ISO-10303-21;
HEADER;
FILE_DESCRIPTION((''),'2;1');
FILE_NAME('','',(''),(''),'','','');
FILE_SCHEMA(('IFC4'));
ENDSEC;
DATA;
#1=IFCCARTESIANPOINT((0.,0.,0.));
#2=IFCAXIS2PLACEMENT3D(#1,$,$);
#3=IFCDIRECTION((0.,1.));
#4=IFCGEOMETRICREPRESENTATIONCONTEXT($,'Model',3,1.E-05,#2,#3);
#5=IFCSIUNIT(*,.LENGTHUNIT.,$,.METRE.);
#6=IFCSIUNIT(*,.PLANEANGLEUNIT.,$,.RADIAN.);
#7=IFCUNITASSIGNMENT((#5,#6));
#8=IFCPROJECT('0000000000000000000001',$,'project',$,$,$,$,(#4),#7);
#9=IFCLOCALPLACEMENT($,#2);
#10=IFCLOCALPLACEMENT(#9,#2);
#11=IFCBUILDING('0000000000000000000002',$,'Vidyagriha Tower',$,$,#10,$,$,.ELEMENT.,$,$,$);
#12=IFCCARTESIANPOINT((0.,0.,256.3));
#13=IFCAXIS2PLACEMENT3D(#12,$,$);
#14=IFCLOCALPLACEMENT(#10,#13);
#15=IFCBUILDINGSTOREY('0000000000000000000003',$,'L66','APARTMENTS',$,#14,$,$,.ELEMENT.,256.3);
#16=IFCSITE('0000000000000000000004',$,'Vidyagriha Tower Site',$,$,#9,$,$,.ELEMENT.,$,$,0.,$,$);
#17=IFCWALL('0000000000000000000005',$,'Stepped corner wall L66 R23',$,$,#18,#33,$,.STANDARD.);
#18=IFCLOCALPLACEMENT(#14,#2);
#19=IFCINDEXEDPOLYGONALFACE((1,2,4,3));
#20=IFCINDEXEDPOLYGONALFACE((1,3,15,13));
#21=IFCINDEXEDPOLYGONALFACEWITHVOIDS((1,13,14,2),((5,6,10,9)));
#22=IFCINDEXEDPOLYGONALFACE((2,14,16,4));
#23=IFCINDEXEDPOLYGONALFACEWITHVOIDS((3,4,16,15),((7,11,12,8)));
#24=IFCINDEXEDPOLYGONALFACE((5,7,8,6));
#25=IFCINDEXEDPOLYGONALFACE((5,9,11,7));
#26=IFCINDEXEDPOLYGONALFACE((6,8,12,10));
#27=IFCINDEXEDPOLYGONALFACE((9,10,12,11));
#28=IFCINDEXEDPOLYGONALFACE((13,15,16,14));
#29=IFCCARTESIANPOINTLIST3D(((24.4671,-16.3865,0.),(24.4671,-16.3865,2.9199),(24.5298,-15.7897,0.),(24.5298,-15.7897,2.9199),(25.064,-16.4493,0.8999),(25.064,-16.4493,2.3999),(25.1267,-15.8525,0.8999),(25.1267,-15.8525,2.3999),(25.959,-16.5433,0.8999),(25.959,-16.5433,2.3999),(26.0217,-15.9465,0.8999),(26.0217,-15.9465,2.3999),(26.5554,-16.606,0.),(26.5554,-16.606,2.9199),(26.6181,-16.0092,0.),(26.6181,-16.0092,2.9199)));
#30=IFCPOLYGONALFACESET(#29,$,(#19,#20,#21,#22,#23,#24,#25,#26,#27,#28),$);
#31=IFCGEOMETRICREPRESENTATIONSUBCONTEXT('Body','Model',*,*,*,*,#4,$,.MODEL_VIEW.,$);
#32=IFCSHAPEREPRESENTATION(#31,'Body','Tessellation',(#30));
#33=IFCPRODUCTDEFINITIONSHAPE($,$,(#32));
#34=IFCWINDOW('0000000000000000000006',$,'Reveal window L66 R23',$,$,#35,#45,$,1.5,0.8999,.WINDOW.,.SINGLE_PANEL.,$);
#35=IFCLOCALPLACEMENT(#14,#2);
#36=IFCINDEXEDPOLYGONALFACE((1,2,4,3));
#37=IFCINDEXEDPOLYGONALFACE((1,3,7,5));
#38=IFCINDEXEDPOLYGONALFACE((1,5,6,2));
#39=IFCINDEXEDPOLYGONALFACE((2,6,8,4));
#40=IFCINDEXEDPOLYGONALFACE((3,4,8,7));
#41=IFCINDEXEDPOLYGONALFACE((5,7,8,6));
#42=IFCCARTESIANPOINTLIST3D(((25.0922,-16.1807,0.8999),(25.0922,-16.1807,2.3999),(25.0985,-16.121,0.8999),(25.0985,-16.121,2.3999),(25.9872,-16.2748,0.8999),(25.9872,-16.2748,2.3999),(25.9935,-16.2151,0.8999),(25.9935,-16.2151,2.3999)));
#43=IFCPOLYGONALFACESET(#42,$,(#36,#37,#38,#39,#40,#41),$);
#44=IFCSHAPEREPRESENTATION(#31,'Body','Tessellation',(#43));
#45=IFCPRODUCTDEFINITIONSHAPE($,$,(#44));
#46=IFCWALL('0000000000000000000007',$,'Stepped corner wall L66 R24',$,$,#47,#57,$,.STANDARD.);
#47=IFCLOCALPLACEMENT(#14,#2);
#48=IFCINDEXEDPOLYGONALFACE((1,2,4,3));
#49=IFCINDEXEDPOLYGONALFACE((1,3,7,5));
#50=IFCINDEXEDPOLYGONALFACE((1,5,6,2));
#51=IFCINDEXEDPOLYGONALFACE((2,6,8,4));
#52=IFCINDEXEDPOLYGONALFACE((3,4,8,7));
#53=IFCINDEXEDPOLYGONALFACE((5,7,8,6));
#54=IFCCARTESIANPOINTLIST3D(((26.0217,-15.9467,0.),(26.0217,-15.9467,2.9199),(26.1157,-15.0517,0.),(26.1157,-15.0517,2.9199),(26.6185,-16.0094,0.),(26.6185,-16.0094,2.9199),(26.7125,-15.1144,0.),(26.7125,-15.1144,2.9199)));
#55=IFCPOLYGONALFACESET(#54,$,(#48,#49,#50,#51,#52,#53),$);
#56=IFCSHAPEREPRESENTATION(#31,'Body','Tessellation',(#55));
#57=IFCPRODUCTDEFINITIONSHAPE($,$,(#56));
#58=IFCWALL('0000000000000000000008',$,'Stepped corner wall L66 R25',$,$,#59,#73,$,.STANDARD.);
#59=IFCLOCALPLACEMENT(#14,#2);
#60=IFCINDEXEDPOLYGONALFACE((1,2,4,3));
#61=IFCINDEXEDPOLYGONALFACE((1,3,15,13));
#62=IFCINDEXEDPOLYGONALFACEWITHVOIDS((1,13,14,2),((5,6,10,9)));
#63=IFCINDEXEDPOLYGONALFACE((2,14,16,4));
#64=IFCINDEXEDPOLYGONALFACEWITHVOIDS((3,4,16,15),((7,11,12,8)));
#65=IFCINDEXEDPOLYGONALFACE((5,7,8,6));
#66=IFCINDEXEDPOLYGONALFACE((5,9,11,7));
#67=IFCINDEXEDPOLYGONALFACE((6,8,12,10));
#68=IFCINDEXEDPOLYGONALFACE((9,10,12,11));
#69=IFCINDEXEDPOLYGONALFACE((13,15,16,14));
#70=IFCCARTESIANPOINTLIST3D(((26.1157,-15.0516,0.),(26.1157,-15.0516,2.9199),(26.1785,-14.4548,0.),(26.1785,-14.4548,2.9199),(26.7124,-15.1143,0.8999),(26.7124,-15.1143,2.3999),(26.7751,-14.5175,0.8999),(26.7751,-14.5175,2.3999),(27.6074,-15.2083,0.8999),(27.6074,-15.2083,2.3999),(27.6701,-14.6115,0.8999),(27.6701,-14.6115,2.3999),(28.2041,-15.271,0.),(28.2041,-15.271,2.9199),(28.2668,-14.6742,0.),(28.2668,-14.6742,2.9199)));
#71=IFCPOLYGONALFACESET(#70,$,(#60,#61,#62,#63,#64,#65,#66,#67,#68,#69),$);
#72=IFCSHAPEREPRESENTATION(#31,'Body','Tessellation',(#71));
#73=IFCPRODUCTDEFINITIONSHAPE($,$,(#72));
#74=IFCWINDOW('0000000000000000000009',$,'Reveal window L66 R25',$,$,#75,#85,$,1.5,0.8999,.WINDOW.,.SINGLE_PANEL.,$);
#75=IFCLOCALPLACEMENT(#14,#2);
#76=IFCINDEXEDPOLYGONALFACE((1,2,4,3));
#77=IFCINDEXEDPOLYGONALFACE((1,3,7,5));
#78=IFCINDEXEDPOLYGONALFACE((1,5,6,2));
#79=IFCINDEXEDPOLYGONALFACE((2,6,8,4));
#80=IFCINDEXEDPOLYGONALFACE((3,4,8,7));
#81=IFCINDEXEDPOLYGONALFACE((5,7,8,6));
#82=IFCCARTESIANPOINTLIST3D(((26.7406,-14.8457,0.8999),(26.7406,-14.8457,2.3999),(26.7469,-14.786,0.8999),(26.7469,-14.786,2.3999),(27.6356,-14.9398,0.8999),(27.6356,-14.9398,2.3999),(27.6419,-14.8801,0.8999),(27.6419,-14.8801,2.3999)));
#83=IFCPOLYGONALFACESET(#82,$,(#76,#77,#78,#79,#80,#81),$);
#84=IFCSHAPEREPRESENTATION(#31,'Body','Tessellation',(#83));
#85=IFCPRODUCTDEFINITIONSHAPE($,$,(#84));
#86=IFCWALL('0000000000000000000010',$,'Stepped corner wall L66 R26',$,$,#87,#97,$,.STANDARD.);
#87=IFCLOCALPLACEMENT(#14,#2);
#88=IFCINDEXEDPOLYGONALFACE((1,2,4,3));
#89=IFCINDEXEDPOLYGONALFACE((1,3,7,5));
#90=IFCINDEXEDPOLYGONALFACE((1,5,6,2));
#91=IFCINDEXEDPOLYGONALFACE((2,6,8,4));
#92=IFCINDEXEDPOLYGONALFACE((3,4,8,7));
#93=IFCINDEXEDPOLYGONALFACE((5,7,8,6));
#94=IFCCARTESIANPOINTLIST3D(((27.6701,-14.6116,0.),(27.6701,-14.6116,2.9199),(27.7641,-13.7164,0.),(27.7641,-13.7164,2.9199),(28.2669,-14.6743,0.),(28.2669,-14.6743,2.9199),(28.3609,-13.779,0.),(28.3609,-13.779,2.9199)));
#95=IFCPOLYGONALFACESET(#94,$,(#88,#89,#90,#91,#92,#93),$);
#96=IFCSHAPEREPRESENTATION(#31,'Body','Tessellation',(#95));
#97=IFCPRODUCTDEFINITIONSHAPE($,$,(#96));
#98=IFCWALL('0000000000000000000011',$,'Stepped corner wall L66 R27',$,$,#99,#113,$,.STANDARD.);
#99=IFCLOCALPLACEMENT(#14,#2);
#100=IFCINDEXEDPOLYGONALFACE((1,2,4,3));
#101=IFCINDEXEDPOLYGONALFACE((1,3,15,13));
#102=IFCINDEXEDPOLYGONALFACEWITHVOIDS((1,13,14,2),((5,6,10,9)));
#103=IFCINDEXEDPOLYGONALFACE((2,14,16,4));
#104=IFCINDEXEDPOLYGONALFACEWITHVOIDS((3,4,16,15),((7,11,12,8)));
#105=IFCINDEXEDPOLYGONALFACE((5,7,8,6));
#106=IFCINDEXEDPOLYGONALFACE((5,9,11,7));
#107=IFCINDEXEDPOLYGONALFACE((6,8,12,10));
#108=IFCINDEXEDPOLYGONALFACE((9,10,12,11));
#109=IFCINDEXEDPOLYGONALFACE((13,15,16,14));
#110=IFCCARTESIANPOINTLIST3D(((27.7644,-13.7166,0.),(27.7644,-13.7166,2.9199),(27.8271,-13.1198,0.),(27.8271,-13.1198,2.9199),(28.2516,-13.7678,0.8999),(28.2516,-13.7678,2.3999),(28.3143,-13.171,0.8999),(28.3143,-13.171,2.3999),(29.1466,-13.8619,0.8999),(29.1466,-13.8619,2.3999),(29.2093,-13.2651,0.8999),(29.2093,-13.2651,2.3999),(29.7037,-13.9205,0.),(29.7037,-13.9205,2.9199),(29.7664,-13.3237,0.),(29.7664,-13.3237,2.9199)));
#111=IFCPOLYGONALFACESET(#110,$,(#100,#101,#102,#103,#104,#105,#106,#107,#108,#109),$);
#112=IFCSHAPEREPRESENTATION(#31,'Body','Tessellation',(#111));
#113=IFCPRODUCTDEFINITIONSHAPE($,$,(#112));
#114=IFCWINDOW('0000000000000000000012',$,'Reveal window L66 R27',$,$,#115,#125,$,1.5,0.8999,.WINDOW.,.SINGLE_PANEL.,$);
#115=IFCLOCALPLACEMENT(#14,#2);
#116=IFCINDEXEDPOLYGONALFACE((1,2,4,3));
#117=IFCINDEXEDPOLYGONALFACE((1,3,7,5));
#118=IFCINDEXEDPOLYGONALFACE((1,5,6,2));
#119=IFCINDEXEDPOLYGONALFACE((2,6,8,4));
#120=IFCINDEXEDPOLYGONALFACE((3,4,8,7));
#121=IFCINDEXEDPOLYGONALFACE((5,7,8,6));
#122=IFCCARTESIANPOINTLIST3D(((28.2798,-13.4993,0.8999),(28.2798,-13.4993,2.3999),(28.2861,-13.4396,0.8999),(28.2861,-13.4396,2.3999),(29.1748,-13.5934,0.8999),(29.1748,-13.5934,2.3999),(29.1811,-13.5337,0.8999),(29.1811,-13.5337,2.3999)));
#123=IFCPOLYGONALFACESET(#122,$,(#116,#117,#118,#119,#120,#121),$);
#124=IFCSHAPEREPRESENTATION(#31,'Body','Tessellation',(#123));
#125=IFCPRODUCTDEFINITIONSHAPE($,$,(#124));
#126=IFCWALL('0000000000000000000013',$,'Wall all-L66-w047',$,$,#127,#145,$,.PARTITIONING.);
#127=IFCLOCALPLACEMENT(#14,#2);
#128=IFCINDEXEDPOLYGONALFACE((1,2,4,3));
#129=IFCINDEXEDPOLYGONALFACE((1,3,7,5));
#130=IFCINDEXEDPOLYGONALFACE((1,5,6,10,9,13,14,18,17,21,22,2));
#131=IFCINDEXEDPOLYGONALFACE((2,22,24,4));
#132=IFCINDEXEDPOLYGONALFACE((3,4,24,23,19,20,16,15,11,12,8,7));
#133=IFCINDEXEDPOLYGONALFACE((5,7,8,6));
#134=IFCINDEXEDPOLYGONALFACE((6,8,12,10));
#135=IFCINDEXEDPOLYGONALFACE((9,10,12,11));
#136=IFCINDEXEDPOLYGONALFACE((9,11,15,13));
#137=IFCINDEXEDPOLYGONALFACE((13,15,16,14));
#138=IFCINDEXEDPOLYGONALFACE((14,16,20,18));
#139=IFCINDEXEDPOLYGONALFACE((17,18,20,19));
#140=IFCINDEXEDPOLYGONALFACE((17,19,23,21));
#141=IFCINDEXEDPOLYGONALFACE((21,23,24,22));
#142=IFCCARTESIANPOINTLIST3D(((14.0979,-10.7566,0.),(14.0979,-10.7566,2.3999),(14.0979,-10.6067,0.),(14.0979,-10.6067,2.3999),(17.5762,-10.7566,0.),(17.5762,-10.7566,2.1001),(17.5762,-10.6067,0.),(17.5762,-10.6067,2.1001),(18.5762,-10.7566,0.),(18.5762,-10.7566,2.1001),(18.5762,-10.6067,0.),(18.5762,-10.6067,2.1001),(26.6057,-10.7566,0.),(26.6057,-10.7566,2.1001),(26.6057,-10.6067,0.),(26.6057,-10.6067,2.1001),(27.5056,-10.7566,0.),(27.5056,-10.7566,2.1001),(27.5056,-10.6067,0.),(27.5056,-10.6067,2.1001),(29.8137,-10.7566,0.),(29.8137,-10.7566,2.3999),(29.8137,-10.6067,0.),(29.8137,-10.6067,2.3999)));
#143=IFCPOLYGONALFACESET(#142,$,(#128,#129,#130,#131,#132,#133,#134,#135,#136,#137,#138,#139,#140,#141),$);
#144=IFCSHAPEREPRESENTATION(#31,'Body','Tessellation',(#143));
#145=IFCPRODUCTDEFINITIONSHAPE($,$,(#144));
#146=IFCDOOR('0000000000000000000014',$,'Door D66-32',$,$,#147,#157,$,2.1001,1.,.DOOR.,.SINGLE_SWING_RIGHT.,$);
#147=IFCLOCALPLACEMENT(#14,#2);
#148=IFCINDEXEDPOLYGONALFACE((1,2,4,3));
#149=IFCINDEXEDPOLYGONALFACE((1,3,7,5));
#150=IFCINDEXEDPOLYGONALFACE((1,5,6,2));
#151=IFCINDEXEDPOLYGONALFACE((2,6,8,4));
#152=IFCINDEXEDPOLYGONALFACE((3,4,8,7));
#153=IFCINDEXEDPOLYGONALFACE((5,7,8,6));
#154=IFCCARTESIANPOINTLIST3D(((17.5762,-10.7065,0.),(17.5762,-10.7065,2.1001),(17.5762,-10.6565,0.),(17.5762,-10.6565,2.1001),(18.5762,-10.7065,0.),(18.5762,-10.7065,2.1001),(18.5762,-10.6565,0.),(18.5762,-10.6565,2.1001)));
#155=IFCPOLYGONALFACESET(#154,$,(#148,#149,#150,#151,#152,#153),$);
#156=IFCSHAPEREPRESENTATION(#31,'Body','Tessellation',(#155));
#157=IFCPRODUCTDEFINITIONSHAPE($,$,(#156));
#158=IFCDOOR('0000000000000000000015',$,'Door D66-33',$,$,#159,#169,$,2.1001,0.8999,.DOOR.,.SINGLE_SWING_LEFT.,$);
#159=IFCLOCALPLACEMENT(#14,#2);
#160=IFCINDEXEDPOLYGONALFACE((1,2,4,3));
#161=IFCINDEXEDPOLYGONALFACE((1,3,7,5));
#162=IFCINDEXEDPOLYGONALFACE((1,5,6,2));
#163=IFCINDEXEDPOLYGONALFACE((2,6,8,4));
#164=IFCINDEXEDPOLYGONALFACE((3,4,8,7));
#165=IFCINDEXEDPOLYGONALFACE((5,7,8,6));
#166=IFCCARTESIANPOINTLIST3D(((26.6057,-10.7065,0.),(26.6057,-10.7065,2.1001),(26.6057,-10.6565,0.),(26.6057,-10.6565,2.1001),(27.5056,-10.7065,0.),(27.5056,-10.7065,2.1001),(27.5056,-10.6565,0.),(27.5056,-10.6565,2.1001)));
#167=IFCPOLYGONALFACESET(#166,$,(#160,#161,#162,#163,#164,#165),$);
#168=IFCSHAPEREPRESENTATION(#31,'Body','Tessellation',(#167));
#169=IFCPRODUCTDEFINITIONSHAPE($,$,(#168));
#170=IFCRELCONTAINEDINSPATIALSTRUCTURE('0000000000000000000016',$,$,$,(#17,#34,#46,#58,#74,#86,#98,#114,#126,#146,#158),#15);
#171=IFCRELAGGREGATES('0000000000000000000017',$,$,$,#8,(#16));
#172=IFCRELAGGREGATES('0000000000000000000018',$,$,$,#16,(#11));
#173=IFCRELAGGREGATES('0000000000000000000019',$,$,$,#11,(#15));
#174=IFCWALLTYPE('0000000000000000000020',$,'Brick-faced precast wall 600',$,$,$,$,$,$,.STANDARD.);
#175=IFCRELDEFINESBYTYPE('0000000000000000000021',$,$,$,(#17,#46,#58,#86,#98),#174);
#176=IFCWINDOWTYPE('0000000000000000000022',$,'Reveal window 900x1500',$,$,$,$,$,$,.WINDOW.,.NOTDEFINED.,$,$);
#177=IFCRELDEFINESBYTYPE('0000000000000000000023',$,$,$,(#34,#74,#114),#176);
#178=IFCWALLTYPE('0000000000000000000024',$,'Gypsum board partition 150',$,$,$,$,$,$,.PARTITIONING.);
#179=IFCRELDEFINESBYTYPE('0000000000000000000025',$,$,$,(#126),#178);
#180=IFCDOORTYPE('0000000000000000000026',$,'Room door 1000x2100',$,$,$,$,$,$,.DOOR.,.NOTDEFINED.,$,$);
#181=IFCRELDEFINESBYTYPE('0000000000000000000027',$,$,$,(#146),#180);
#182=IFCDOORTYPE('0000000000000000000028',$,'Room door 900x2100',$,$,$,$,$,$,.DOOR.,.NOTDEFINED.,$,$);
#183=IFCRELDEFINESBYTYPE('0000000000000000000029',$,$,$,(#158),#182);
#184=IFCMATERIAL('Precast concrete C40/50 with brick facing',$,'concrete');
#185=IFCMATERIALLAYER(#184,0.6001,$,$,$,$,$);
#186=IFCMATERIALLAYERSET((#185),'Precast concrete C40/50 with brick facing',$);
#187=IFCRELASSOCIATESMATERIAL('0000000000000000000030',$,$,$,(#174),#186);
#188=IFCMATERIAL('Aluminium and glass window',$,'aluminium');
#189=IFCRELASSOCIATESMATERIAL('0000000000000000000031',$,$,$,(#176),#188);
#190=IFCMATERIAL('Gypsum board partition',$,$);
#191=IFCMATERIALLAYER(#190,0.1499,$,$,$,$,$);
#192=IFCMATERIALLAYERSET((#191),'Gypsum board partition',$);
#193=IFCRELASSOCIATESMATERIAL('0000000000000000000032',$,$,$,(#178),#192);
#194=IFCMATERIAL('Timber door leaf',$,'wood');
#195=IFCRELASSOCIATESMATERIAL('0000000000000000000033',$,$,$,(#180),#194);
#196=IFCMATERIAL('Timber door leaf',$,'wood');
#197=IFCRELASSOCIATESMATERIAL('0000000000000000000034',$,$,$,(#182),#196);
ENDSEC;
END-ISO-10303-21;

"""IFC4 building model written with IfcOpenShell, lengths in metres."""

from ifc_helpers import new_model, si_unit, direction, frame, frame_2d, origin, place, context, subcontext, project, spatial, rectangle, extrude, material, layer, layer_set, type_object, element, fill, save


model = new_model("IFC4")

# Units and contexts
model_context = context("Model", 3, precision=1e-05, world=origin(), true_north=direction((0.0, 1.0)))
body_context = subcontext(model_context, "Body", "Model", "MODEL_VIEW")
ifc_project = project(units=[si_unit("LENGTHUNIT", "METRE"), si_unit("PLANEANGLEUNIT", "RADIAN")], contexts=[model_context])

# Site, building, storey
site_placement = place(None, origin())
site = spatial("IfcSite", under=ifc_project, at=site_placement, Name="Vidyagriha Tower Site", CompositionType="ELEMENT", RefElevation=0.0)
building_placement = place(site_placement, origin())
building = spatial("IfcBuilding", under=site, at=building_placement, Name="Vidyagriha Tower", CompositionType="ELEMENT")
storey_placement = place(building_placement, frame((0.0, 0.0, 256.3)))
storey = spatial("IfcBuildingStorey", under=building, at=storey_placement, Name="L66", Description="APARTMENTS", CompositionType="ELEMENT", Elevation=256.3)

# Shared definitions
ifc_material_1 = material(Name="Precast concrete C40/50 with brick facing", Category="concrete")
ifc_layer_1 = layer(ifc_material_1, 0.6001)
ifc_layer_set_1 = layer_set([ifc_layer_1], Name="Precast concrete C40/50 with brick facing")
wall_type_1 = type_object("IfcWallType", Name="Brick-faced precast wall 600", PredefinedType="STANDARD", material=ifc_layer_set_1)

# Wall, opening, window
wall_1_placement = place(storey_placement, frame((24.4985, -16.0881, 0.0), z_axis=(0.0, 0.0, 1.0), x_axis=(0.994523, -0.104521, 0.0)))
wall_1 = element("IfcWall", 1, at=wall_1_placement, inside=storey, type_object=wall_type_1, Name="Stepped corner wall L66 R23", PredefinedType="STANDARD", context=body_context, shape_type="SweptSolid", body=[
    extrude(rectangle(XDim=2.0999, YDim=0.6001, at=frame_2d((1.0498, 0.0))), origin(), (0.0, 0.0, 1.0), 2.9199),
])
opening_1_placement = place(wall_1_placement, frame((0.6001, 0.0, 0.8999)))
opening_1 = element("IfcOpeningElement", 2, at=opening_1_placement, cuts=wall_1, PredefinedType="OPENING", context=body_context, shape_type="SweptSolid", body=[
    extrude(rectangle(XDim=0.8999, YDim=1.5, at=frame_2d((0.45, 0.75))), frame((0.0, 0.3101, 0.0), z_axis=(0.0, -1.0, 0.0), x_axis=(1.0, 0.0, 0.0)), (0.0, 0.0, 1.0), 0.6201),
])
ifc_material_2 = material(Name="Aluminium and glass window", Category="aluminium")
window_type = type_object("IfcWindowType", Name="Reveal window 900x1500", PartitioningType="NOTDEFINED", PredefinedType="WINDOW", material=ifc_material_2)
window_1_placement = place(opening_1_placement, origin())
window_1 = element("IfcWindow", 3, at=window_1_placement, inside=storey, type_object=window_type, Name="Reveal window L66 R23", OverallHeight=1.5, OverallWidth=0.8999, PartitioningType="SINGLE_PANEL", PredefinedType="WINDOW", context=body_context, shape_type="SweptSolid", body=[
    extrude(rectangle(XDim=0.8999, YDim=1.5, at=frame_2d((0.45, 0.75))), frame((0.0, 0.03, 0.0), z_axis=(0.0, -1.0, 0.0), x_axis=(1.0, 0.0, 0.0)), (0.0, 0.0, 1.0), 0.0601),
])
fill(opening_1, window_1)

# Wall
wall_2_placement = place(storey_placement, frame((26.3201, -15.978, 0.0), z_axis=(0.0, 0.0, 1.0), x_axis=(0.104445, 0.994531, 0.0)))
element("IfcWall", 4, at=wall_2_placement, inside=storey, type_object=wall_type_1, Name="Stepped corner wall L66 R24", PredefinedType="STANDARD", context=body_context, shape_type="SweptSolid", body=[
    extrude(rectangle(XDim=0.8999, YDim=0.6001, at=frame_2d((0.45, 0.0))), origin(), (0.0, 0.0, 1.0), 2.9199),
])

# Wall, opening, window
wall_3_placement = place(storey_placement, frame((26.1472, -14.7532, 0.0), z_axis=(0.0, 0.0, 1.0), x_axis=(0.994523, -0.104521, 0.0)))
wall_3 = element("IfcWall", 5, at=wall_3_placement, inside=storey, type_object=wall_type_1, Name="Stepped corner wall L66 R25", PredefinedType="STANDARD", context=body_context, shape_type="SweptSolid", body=[
    extrude(rectangle(XDim=2.0999, YDim=0.6001, at=frame_2d((1.0498, 0.0))), origin(), (0.0, 0.0, 1.0), 2.9199),
])
opening_2_placement = place(wall_3_placement, frame((0.5999, 0.0, 0.8999)))
opening_2 = element("IfcOpeningElement", 6, at=opening_2_placement, cuts=wall_3, PredefinedType="OPENING", context=body_context, shape_type="SweptSolid", body=[
    extrude(rectangle(XDim=0.8999, YDim=1.5, at=frame_2d((0.45, 0.75))), frame((0.0, 0.3101, 0.0), z_axis=(0.0, -1.0, 0.0), x_axis=(1.0, 0.0, 0.0)), (0.0, 0.0, 1.0), 0.6201),
])
window_2_placement = place(opening_2_placement, origin())
window_2 = element("IfcWindow", 7, at=window_2_placement, inside=storey, type_object=window_type, Name="Reveal window L66 R25", OverallHeight=1.5, OverallWidth=0.8999, PartitioningType="SINGLE_PANEL", PredefinedType="WINDOW", context=body_context, shape_type="SweptSolid", body=[
    extrude(rectangle(XDim=0.8999, YDim=1.5, at=frame_2d((0.45, 0.75))), frame((0.0, 0.03, 0.0), z_axis=(0.0, -1.0, 0.0), x_axis=(1.0, 0.0, 0.0)), (0.0, 0.0, 1.0), 0.0601),
])
fill(opening_2, window_2)

# Wall
wall_4_placement = place(storey_placement, frame((27.9685, -14.6431, 0.0), z_axis=(0.0, 0.0, 1.0), x_axis=(0.104417, 0.994534, 0.0)))
element("IfcWall", 8, at=wall_4_placement, inside=storey, type_object=wall_type_1, Name="Stepped corner wall L66 R26", PredefinedType="STANDARD", context=body_context, shape_type="SweptSolid", body=[
    extrude(rectangle(XDim=0.9001, YDim=0.6001, at=frame_2d((0.4502, 0.0))), origin(), (0.0, 0.0, 1.0), 2.9199),
])

# Wall, opening, window
wall_5_placement = place(storey_placement, frame((27.7957, -13.4182, 0.0), z_axis=(0.0, 0.0, 1.0), x_axis=(0.99452, -0.104548, 0.0)))
wall_5 = element("IfcWall", 9, at=wall_5_placement, inside=storey, type_object=wall_type_1, Name="Stepped corner wall L66 R27", PredefinedType="STANDARD", context=body_context, shape_type="SweptSolid", body=[
    extrude(rectangle(XDim=1.95, YDim=0.6001, at=frame_2d((0.9751, 0.0))), origin(), (0.0, 0.0, 1.0), 2.9199),
])
opening_3_placement = place(wall_5_placement, frame((0.49, 0.0, 0.8999)))
opening_3 = element("IfcOpeningElement", 10, at=opening_3_placement, cuts=wall_5, PredefinedType="OPENING", context=body_context, shape_type="SweptSolid", body=[
    extrude(rectangle(XDim=0.8999, YDim=1.5, at=frame_2d((0.45, 0.75))), frame((0.0, 0.3101, 0.0), z_axis=(0.0, -1.0, 0.0), x_axis=(1.0, 0.0, 0.0)), (0.0, 0.0, 1.0), 0.6201),
])
window_3_placement = place(opening_3_placement, origin())
window_3 = element("IfcWindow", 11, at=window_3_placement, inside=storey, type_object=window_type, Name="Reveal window L66 R27", OverallHeight=1.5, OverallWidth=0.8999, PartitioningType="SINGLE_PANEL", PredefinedType="WINDOW", context=body_context, shape_type="SweptSolid", body=[
    extrude(rectangle(XDim=0.8999, YDim=1.5, at=frame_2d((0.45, 0.75))), frame((0.0, 0.03, 0.0), z_axis=(0.0, -1.0, 0.0), x_axis=(1.0, 0.0, 0.0)), (0.0, 0.0, 1.0), 0.0601),
])
fill(opening_3, window_3)

# Wall, openings, doors
ifc_material_3 = material(Name="Gypsum board partition")
ifc_layer_2 = layer(ifc_material_3, 0.1499)
ifc_layer_set_2 = layer_set([ifc_layer_2], Name="Gypsum board partition")
wall_type_2 = type_object("IfcWallType", Name="Gypsum board partition 150", PredefinedType="PARTITIONING", material=ifc_layer_set_2)
wall_6_placement = place(storey_placement, frame((29.8137, -10.6816, 0.0), z_axis=(0.0, 0.0, 1.0), x_axis=(-1.0, 0.0, 0.0)))
wall_6 = element("IfcWall", 12, at=wall_6_placement, inside=storey, type_object=wall_type_2, Name="Wall all-L66-w047", PredefinedType="PARTITIONING", context=body_context, shape_type="SweptSolid", body=[
    extrude(rectangle(XDim=15.7158, YDim=0.1499, at=frame_2d((7.8579, 0.0))), origin(), (0.0, 0.0, 1.0), 2.3999),
])
opening_4_placement = place(wall_6_placement, frame((11.2375, 0.0, 0.0)))
opening_4 = element("IfcOpeningElement", 13, at=opening_4_placement, cuts=wall_6, PredefinedType="OPENING", context=body_context, shape_type="SweptSolid", body=[
    extrude(rectangle(XDim=1.0, YDim=2.1001, at=frame_2d((0.5, 1.05))), frame((0.0, 0.085, 0.0), z_axis=(0.0, -1.0, 0.0), x_axis=(1.0, 0.0, 0.0)), (0.0, 0.0, 1.0), 0.1699),
])
opening_5_placement = place(wall_6_placement, frame((2.3081, 0.0, 0.0)))
opening_5 = element("IfcOpeningElement", 14, at=opening_5_placement, cuts=wall_6, PredefinedType="OPENING", context=body_context, shape_type="SweptSolid", body=[
    extrude(rectangle(XDim=0.8999, YDim=2.1001, at=frame_2d((0.45, 1.05))), frame((0.0, 0.085, 0.0), z_axis=(0.0, -1.0, 0.0), x_axis=(1.0, 0.0, 0.0)), (0.0, 0.0, 1.0), 0.1699),
])
ifc_material_4 = material(Name="Timber door leaf", Category="wood")
door_type_1 = type_object("IfcDoorType", Name="Room door 1000x2100", OperationType="NOTDEFINED", PredefinedType="DOOR", material=ifc_material_4)
door_1_placement = place(opening_4_placement, origin())
door_1 = element("IfcDoor", 15, at=door_1_placement, inside=storey, type_object=door_type_1, Name="Door D66-32", OperationType="SINGLE_SWING_RIGHT", OverallHeight=2.1001, OverallWidth=1.0, PredefinedType="DOOR", context=body_context, shape_type="SweptSolid", body=[
    extrude(rectangle(XDim=1.0, YDim=2.1001, at=frame_2d((0.5, 1.05))), frame((0.0, 0.0249, 0.0), z_axis=(0.0, -1.0, 0.0), x_axis=(1.0, 0.0, 0.0)), (0.0, 0.0, 1.0), 0.05),
])
fill(opening_4, door_1)
ifc_material_5 = material(Name="Timber door leaf", Category="wood")
door_type_2 = type_object("IfcDoorType", Name="Room door 900x2100", OperationType="NOTDEFINED", PredefinedType="DOOR", material=ifc_material_5)
door_2_placement = place(opening_5_placement, origin())
door_2 = element("IfcDoor", 16, at=door_2_placement, inside=storey, type_object=door_type_2, Name="Door D66-33", OperationType="SINGLE_SWING_LEFT", OverallHeight=2.1001, OverallWidth=0.8999, PredefinedType="DOOR", context=body_context, shape_type="SweptSolid", body=[
    extrude(rectangle(XDim=0.8999, YDim=2.1001, at=frame_2d((0.45, 1.05))), frame((0.0, 0.0249, 0.0), z_axis=(0.0, -1.0, 0.0), x_axis=(1.0, 0.0, 0.0)), (0.0, 0.0, 1.0), 0.05),
])
fill(opening_5, door_2)

save(model, "model.ifc")
